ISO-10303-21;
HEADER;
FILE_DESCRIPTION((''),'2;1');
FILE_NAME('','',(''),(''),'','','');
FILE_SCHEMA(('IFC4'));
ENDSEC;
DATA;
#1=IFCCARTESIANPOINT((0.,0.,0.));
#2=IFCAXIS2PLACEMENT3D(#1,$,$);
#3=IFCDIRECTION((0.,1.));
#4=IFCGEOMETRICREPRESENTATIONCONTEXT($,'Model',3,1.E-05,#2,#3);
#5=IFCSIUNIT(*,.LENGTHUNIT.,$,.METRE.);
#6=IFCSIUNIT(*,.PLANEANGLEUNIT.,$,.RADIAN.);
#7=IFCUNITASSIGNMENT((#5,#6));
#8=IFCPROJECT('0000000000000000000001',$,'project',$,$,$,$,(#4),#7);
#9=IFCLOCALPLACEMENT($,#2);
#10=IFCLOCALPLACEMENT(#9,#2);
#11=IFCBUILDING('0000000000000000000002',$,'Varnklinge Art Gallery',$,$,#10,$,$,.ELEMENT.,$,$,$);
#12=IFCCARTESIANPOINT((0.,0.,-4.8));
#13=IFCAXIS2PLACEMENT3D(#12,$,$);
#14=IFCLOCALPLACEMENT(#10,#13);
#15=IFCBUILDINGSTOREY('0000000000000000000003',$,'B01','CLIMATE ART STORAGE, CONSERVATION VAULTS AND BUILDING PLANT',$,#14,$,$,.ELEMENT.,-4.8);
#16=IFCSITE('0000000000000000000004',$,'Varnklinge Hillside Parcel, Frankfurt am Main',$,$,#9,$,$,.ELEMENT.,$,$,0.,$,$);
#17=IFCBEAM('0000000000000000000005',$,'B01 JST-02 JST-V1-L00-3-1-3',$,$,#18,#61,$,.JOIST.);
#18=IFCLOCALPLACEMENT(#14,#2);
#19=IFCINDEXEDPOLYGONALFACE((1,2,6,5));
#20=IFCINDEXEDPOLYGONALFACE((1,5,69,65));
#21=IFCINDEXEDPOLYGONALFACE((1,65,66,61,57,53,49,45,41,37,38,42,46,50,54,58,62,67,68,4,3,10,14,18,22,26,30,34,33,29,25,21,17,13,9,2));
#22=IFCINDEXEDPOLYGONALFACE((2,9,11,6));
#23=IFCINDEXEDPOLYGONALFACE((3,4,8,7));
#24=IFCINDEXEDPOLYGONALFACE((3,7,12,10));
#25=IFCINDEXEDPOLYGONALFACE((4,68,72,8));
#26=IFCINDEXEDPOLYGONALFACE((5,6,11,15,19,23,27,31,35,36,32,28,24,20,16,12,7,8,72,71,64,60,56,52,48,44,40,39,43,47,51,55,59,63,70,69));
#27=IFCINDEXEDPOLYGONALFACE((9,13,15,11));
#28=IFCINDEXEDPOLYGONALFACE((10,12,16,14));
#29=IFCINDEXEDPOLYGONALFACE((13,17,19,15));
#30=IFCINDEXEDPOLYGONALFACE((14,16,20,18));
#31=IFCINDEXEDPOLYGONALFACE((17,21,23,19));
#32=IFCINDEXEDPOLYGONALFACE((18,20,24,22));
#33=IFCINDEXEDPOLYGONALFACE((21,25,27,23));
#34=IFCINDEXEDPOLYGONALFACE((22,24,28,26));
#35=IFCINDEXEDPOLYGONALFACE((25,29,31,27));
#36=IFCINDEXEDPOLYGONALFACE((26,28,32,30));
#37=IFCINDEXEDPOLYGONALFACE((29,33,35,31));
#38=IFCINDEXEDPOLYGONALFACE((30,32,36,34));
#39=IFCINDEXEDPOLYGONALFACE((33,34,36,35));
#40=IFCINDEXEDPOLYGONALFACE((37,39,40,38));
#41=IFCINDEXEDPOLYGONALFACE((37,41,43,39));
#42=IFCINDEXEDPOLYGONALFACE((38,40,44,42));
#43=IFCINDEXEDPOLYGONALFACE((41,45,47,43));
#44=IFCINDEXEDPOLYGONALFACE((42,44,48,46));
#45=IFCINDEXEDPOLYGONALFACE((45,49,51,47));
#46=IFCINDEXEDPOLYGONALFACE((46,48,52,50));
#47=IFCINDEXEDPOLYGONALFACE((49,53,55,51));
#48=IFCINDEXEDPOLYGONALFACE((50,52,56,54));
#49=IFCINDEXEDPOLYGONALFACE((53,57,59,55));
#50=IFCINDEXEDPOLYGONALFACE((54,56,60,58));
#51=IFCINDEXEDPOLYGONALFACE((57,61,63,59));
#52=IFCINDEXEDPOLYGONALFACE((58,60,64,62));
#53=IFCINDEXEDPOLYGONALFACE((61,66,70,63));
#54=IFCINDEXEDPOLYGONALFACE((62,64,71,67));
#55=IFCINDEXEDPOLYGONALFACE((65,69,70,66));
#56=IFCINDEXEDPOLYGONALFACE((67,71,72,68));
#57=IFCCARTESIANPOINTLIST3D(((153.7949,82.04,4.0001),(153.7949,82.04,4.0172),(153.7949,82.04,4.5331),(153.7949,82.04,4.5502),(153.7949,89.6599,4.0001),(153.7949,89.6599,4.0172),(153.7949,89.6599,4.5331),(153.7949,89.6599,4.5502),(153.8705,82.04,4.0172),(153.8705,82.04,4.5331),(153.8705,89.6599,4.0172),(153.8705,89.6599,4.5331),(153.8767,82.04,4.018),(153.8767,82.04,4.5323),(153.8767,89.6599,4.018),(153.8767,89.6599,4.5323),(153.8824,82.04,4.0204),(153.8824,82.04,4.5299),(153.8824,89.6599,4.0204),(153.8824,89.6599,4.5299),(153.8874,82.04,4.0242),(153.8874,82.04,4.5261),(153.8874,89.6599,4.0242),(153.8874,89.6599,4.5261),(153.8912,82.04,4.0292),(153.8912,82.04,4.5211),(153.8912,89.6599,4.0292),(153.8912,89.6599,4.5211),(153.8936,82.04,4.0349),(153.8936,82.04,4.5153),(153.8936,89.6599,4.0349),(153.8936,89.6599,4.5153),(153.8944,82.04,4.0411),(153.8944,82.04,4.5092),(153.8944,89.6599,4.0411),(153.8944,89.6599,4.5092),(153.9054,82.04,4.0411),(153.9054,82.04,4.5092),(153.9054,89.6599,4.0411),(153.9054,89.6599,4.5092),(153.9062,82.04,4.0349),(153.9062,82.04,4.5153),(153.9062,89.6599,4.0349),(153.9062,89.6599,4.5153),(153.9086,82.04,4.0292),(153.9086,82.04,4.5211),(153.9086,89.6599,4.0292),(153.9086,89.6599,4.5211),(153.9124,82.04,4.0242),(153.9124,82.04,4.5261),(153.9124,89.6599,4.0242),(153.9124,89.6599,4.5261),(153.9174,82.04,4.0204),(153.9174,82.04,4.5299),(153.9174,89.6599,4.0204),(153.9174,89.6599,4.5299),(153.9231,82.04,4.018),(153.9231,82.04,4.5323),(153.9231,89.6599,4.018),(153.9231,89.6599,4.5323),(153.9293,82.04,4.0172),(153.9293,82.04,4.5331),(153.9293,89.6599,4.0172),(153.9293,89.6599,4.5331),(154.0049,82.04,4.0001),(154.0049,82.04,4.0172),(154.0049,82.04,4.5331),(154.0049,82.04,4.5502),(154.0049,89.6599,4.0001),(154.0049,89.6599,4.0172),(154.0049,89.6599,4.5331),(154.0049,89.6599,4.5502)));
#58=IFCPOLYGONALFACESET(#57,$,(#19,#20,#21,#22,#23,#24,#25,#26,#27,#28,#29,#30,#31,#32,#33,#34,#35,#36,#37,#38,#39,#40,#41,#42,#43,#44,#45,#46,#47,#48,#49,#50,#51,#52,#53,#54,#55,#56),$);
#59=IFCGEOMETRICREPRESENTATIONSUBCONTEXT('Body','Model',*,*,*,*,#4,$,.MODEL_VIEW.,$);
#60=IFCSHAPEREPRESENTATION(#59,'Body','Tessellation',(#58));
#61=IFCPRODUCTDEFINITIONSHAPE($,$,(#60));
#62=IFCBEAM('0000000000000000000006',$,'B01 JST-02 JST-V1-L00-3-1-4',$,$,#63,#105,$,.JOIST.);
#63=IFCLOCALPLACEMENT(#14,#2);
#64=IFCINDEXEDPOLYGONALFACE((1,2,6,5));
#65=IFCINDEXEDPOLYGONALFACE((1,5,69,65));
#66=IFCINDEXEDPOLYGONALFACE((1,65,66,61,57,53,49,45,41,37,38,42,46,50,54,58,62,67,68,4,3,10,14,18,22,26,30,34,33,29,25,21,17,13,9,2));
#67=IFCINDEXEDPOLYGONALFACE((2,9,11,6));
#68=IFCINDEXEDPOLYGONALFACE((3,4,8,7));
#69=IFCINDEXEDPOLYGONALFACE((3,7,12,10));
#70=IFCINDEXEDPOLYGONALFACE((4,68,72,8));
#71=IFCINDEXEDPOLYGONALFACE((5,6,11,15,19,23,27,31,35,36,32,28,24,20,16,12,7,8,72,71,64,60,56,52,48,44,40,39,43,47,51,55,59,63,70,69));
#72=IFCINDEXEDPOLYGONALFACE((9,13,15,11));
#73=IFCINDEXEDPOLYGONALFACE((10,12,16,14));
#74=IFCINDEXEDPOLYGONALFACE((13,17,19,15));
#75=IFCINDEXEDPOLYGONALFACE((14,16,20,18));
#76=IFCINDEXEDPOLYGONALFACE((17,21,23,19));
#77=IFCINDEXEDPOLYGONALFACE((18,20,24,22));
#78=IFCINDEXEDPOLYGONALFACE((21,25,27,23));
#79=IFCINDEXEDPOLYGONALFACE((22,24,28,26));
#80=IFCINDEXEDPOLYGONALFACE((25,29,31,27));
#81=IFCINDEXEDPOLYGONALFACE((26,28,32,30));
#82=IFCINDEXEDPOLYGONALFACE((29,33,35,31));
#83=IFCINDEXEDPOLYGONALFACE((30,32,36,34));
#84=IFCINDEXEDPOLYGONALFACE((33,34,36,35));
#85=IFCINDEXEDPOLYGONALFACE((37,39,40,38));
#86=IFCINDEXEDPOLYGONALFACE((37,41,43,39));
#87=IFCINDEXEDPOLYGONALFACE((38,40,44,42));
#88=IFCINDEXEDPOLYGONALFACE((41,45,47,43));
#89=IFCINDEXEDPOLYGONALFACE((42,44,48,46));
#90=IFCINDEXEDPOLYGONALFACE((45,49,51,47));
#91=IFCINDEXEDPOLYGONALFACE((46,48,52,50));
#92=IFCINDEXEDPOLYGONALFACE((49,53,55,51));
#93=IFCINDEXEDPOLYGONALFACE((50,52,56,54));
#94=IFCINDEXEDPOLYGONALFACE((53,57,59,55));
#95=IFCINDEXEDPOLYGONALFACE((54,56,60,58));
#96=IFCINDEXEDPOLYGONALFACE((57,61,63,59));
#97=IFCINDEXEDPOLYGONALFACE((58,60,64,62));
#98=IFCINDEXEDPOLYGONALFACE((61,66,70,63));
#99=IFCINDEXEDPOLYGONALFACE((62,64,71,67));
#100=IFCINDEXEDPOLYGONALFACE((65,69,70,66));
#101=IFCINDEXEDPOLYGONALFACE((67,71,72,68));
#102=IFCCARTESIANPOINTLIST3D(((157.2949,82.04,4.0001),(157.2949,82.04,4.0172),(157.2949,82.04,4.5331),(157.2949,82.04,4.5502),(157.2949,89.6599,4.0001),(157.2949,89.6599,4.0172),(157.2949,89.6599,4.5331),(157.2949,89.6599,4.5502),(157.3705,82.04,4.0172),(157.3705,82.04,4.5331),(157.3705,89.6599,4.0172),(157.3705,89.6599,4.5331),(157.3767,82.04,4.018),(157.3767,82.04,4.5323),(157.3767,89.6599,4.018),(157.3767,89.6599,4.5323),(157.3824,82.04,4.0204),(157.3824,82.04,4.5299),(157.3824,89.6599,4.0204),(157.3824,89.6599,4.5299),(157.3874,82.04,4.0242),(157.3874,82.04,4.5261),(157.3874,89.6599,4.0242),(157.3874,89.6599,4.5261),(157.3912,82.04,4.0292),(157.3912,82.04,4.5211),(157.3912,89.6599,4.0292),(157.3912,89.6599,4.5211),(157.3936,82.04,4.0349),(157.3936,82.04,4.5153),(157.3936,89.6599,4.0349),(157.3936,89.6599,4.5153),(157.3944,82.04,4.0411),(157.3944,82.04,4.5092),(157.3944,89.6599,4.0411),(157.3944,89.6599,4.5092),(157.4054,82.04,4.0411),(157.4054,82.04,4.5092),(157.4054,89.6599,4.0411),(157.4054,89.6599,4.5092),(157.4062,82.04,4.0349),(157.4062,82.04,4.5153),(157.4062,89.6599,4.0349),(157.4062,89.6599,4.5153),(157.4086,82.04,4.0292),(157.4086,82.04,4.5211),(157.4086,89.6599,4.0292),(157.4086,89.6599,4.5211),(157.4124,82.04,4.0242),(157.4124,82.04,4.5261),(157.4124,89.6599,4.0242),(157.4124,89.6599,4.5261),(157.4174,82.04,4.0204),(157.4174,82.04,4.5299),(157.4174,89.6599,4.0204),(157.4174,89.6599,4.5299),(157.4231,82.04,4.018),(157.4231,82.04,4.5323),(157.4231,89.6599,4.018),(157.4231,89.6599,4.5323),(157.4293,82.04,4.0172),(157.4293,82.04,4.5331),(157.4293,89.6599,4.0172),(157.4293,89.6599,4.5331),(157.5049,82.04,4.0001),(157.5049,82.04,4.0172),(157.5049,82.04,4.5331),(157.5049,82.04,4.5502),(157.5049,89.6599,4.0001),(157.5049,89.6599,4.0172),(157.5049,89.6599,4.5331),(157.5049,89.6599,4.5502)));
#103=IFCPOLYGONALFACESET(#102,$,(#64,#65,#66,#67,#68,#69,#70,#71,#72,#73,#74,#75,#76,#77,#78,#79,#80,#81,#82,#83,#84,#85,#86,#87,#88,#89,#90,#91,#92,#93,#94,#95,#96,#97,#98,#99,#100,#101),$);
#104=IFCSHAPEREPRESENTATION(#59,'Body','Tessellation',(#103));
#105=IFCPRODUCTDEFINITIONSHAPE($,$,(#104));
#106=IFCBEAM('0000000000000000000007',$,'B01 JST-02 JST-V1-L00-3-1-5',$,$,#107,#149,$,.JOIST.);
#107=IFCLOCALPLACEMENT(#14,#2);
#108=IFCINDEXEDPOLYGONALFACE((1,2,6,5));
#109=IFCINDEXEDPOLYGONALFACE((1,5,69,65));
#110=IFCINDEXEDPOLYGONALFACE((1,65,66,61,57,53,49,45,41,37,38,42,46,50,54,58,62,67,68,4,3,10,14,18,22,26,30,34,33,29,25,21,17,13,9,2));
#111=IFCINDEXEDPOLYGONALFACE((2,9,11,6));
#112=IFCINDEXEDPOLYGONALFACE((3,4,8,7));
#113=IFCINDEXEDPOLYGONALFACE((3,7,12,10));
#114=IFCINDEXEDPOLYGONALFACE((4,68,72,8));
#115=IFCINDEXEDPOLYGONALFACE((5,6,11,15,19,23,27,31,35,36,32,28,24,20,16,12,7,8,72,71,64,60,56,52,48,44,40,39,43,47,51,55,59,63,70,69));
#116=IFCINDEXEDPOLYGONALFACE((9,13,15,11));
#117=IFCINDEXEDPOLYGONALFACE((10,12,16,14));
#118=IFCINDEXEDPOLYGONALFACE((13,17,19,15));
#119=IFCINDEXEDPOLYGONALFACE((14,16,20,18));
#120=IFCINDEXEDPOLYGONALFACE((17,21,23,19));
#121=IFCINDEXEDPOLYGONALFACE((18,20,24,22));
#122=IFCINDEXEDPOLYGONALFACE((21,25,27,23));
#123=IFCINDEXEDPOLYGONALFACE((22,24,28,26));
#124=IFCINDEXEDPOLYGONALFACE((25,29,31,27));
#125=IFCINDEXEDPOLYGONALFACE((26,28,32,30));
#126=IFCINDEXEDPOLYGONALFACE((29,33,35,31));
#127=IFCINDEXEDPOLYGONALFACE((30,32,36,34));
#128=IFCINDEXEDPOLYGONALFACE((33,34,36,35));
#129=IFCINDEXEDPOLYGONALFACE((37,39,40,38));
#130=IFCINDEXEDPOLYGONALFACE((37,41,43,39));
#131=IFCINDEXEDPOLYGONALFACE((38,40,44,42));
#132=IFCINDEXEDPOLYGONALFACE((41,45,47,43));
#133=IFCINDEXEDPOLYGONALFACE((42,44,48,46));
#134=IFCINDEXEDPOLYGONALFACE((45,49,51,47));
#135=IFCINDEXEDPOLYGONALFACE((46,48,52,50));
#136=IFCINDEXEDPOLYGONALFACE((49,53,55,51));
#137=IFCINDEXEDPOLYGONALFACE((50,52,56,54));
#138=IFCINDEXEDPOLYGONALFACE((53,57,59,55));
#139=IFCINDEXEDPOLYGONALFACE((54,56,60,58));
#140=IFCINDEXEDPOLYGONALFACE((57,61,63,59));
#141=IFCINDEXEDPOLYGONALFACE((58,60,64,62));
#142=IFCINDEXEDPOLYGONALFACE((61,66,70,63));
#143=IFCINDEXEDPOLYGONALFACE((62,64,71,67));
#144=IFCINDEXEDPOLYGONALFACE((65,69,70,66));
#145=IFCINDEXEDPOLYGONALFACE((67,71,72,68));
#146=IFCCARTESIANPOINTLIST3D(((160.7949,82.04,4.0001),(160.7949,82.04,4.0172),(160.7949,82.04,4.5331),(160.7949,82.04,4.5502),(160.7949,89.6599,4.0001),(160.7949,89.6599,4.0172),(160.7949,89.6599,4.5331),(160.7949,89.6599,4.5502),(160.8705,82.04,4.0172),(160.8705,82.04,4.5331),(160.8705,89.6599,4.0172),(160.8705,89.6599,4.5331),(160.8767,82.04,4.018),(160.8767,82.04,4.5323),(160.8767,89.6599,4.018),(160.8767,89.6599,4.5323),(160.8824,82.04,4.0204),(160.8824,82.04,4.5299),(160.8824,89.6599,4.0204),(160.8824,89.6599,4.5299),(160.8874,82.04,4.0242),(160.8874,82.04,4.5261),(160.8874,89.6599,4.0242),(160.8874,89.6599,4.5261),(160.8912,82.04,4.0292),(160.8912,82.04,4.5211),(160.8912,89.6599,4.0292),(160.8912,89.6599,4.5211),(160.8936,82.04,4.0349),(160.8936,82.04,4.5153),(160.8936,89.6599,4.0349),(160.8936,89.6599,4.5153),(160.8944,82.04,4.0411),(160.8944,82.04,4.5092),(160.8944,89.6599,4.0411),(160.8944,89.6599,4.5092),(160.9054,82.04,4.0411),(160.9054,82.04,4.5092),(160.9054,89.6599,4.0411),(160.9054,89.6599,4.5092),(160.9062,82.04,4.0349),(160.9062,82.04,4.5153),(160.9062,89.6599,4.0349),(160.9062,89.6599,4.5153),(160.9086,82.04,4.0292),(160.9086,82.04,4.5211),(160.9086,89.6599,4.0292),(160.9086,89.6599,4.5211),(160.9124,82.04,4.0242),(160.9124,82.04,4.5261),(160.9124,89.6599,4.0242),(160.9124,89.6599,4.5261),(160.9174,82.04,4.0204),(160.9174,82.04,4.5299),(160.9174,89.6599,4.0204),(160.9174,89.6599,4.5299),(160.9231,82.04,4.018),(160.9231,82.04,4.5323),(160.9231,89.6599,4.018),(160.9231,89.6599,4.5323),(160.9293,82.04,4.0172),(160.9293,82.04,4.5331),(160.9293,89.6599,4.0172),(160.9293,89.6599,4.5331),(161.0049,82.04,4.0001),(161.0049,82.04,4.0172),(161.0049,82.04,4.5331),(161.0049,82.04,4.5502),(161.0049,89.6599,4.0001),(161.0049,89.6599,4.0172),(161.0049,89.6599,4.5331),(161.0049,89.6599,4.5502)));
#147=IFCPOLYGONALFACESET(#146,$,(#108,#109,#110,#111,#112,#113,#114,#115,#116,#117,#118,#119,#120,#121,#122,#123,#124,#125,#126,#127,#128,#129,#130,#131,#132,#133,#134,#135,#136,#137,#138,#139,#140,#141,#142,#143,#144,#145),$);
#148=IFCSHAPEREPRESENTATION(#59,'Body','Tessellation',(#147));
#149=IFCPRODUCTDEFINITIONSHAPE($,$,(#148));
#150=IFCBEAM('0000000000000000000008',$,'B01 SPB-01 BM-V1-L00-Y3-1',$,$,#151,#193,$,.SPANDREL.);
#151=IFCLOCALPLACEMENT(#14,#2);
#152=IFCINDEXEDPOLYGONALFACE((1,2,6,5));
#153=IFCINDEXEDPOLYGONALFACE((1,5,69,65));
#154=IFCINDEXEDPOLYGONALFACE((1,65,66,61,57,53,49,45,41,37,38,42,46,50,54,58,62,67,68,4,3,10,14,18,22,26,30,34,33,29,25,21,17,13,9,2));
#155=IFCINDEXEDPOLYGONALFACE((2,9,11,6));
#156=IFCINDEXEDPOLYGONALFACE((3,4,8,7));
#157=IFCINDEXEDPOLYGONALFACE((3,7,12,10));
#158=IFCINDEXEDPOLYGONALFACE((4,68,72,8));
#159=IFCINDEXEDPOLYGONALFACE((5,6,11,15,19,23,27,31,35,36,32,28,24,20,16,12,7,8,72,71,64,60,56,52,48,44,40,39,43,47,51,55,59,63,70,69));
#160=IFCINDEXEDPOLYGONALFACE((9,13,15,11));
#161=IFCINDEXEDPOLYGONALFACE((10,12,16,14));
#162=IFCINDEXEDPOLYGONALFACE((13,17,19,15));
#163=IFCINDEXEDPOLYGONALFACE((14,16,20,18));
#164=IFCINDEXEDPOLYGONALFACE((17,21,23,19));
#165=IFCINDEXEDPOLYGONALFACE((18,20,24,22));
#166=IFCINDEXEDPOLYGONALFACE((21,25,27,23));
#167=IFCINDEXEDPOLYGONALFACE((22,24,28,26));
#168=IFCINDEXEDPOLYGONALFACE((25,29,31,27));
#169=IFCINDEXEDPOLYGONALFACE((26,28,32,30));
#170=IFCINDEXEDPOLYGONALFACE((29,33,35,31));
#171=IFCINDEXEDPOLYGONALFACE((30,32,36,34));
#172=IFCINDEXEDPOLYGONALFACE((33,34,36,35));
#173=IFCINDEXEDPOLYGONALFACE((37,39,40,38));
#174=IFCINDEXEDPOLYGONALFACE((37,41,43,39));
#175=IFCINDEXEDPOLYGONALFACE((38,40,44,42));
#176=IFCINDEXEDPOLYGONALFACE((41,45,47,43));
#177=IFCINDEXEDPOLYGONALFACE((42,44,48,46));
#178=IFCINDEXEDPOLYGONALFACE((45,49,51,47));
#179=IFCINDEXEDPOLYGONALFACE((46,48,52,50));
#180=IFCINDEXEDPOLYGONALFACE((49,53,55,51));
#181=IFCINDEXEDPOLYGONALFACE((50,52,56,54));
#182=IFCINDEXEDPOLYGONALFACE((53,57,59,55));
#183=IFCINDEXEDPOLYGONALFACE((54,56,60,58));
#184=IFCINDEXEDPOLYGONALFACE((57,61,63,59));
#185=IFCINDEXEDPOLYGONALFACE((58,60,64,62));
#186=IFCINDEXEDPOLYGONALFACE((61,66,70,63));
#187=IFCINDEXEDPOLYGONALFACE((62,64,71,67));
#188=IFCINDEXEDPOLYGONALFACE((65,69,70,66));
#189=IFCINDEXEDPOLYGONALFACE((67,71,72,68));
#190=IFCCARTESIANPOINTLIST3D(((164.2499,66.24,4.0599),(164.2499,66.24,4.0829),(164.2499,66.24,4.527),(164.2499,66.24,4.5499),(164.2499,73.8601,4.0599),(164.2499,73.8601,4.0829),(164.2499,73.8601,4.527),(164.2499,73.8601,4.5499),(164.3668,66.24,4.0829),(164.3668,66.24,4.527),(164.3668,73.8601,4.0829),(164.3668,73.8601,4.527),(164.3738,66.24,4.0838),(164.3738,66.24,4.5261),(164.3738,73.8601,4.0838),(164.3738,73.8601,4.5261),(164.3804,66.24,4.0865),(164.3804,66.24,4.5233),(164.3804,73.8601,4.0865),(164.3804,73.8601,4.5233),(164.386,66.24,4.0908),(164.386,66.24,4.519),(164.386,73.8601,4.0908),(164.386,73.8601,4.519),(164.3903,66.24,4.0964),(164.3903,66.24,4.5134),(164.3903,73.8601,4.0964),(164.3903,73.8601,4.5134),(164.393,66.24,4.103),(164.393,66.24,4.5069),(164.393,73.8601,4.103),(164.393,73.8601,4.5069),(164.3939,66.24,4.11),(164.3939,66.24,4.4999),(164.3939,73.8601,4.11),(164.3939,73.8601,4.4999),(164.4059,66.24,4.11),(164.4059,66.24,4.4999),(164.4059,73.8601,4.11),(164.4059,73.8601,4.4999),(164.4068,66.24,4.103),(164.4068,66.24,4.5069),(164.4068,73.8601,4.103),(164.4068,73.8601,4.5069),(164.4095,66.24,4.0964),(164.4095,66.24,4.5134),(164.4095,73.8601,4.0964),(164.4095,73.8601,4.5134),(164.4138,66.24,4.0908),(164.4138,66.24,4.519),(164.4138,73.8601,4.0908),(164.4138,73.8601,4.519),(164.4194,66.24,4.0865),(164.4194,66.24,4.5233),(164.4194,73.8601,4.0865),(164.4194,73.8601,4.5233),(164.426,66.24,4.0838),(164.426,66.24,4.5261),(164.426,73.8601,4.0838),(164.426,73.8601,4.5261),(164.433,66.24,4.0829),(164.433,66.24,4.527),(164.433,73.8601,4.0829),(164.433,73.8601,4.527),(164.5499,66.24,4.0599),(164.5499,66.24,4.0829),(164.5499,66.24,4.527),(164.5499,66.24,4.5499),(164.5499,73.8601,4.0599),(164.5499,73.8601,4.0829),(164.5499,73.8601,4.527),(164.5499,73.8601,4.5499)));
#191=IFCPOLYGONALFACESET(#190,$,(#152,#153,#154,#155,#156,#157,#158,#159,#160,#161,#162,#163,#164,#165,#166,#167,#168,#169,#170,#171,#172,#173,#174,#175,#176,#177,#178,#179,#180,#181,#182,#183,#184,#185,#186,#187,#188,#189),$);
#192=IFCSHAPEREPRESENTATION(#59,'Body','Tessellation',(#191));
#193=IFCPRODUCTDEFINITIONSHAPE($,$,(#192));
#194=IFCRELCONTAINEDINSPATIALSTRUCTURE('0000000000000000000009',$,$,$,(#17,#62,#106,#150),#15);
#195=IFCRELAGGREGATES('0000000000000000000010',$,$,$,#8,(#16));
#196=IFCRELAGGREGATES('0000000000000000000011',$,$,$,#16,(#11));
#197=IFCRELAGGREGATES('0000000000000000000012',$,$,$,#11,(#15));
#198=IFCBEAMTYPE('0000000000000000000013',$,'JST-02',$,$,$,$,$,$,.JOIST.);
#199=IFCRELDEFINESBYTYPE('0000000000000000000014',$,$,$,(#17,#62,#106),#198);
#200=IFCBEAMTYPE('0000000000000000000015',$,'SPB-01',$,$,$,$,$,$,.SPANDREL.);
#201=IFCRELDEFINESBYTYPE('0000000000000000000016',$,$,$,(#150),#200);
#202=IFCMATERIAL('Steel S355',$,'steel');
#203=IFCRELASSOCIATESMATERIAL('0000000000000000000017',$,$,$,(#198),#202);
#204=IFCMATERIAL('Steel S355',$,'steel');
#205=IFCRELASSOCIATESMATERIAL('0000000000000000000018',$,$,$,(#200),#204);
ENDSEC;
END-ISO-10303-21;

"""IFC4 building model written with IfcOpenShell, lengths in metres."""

from ifc_helpers import new_model, si_unit, direction, frame, origin, origin_2d, place, context, subcontext, project, spatial, i_section, extrude, material, material_profile, profile_set, type_object, element, save


model = new_model("IFC4")

# Units and contexts
model_context = context("Model", 3, precision=1e-05, world=origin(), true_north=direction((0.0, 1.0)))
body_context = subcontext(model_context, "Body", "Model", "MODEL_VIEW")
ifc_project = project(units=[si_unit("LENGTHUNIT", "METRE"), si_unit("PLANEANGLEUNIT", "RADIAN")], contexts=[model_context])

# Site, building, storey
site_placement = place(None, origin())
site = spatial("IfcSite", under=ifc_project, at=site_placement, Name="Varnklinge Hillside Parcel, Frankfurt am Main", CompositionType="ELEMENT", RefElevation=0.0)
building_placement = place(site_placement, origin())
building = spatial("IfcBuilding", under=site, at=building_placement, Name="Varnklinge Art Gallery", CompositionType="ELEMENT")
storey_placement = place(building_placement, frame((0.0, 0.0, -4.8)))
storey = spatial("IfcBuildingStorey", under=building, at=storey_placement, Name="B01", Description="CLIMATE ART STORAGE, CONSERVATION VAULTS AND BUILDING PLANT", CompositionType="ELEMENT", Elevation=-4.8)

# Beams
ifc_material_1 = material(Name="Steel S355", Category="steel")
ifc_material_profile_1 = material_profile(ifc_material_1, i_section(OverallWidth=0.21, OverallDepth=0.55, WebThickness=0.011, FlangeThickness=0.0171, FilletRadius=0.0239, at=origin_2d()), Name="IPE 550")
ifc_profile_set_1 = profile_set([ifc_material_profile_1], Name="Steel S355")
beam_type_1 = type_object("IfcBeamType", Name="JST-02", PredefinedType="JOIST", material=ifc_profile_set_1)
for number, where, z_axis, x_axis, name in (
    (1, (153.8999, 82.04, 4.2751), (0.0, 1.0, 0.0), (-1.0, 0.0, 0.0), "B01 JST-02 JST-V1-L00-3-1-3"),
    (2, (157.3999, 82.04, 4.2751), (0.0, 1.0, 0.0), (-1.0, 0.0, 0.0), "B01 JST-02 JST-V1-L00-3-1-4"),
    (3, (160.8999, 82.04, 4.2751), (0.0, 1.0, 0.0), (-1.0, 0.0, 0.0), "B01 JST-02 JST-V1-L00-3-1-5"),
):
    element("IfcBeam", number, at=place(storey_placement, frame(where, z_axis=z_axis, x_axis=x_axis)), inside=storey, type_object=beam_type_1, Name=name, PredefinedType="JOIST", context=body_context, shape_type="SweptSolid", body=[
        extrude(i_section(OverallWidth=0.21, OverallDepth=0.55, WebThickness=0.011, FlangeThickness=0.0171, FilletRadius=0.0239, at=origin_2d()), origin(), (0.0, 0.0, 1.0), 7.6199),
    ])
ifc_material_2 = material(Name="Steel S355", Category="steel")
ifc_material_profile_2 = material_profile(ifc_material_2, i_section(OverallWidth=0.3, OverallDepth=0.49, WebThickness=0.012, FlangeThickness=0.0229, FilletRadius=0.0271, at=origin_2d()), Name="HEA 500")
ifc_profile_set_2 = profile_set([ifc_material_profile_2], Name="Steel S355")
beam_type_2 = type_object("IfcBeamType", Name="SPB-01", PredefinedType="SPANDREL", material=ifc_profile_set_2)
for number, where, z_axis, x_axis, name in (
    (4, (164.3999, 66.24, 4.3049), (0.0, 1.0, 0.0), (-1.0, 0.0, 0.0), "B01 SPB-01 BM-V1-L00-Y3-1"),
):
    element("IfcBeam", number, at=place(storey_placement, frame(where, z_axis=z_axis, x_axis=x_axis)), inside=storey, type_object=beam_type_2, Name=name, PredefinedType="SPANDREL", context=body_context, shape_type="SweptSolid", body=[
        extrude(i_section(OverallWidth=0.3, OverallDepth=0.49, WebThickness=0.012, FlangeThickness=0.0229, FilletRadius=0.0271, at=origin_2d()), origin(), (0.0, 0.0, 1.0), 7.6201),
    ])

save(model, "model.ifc")
